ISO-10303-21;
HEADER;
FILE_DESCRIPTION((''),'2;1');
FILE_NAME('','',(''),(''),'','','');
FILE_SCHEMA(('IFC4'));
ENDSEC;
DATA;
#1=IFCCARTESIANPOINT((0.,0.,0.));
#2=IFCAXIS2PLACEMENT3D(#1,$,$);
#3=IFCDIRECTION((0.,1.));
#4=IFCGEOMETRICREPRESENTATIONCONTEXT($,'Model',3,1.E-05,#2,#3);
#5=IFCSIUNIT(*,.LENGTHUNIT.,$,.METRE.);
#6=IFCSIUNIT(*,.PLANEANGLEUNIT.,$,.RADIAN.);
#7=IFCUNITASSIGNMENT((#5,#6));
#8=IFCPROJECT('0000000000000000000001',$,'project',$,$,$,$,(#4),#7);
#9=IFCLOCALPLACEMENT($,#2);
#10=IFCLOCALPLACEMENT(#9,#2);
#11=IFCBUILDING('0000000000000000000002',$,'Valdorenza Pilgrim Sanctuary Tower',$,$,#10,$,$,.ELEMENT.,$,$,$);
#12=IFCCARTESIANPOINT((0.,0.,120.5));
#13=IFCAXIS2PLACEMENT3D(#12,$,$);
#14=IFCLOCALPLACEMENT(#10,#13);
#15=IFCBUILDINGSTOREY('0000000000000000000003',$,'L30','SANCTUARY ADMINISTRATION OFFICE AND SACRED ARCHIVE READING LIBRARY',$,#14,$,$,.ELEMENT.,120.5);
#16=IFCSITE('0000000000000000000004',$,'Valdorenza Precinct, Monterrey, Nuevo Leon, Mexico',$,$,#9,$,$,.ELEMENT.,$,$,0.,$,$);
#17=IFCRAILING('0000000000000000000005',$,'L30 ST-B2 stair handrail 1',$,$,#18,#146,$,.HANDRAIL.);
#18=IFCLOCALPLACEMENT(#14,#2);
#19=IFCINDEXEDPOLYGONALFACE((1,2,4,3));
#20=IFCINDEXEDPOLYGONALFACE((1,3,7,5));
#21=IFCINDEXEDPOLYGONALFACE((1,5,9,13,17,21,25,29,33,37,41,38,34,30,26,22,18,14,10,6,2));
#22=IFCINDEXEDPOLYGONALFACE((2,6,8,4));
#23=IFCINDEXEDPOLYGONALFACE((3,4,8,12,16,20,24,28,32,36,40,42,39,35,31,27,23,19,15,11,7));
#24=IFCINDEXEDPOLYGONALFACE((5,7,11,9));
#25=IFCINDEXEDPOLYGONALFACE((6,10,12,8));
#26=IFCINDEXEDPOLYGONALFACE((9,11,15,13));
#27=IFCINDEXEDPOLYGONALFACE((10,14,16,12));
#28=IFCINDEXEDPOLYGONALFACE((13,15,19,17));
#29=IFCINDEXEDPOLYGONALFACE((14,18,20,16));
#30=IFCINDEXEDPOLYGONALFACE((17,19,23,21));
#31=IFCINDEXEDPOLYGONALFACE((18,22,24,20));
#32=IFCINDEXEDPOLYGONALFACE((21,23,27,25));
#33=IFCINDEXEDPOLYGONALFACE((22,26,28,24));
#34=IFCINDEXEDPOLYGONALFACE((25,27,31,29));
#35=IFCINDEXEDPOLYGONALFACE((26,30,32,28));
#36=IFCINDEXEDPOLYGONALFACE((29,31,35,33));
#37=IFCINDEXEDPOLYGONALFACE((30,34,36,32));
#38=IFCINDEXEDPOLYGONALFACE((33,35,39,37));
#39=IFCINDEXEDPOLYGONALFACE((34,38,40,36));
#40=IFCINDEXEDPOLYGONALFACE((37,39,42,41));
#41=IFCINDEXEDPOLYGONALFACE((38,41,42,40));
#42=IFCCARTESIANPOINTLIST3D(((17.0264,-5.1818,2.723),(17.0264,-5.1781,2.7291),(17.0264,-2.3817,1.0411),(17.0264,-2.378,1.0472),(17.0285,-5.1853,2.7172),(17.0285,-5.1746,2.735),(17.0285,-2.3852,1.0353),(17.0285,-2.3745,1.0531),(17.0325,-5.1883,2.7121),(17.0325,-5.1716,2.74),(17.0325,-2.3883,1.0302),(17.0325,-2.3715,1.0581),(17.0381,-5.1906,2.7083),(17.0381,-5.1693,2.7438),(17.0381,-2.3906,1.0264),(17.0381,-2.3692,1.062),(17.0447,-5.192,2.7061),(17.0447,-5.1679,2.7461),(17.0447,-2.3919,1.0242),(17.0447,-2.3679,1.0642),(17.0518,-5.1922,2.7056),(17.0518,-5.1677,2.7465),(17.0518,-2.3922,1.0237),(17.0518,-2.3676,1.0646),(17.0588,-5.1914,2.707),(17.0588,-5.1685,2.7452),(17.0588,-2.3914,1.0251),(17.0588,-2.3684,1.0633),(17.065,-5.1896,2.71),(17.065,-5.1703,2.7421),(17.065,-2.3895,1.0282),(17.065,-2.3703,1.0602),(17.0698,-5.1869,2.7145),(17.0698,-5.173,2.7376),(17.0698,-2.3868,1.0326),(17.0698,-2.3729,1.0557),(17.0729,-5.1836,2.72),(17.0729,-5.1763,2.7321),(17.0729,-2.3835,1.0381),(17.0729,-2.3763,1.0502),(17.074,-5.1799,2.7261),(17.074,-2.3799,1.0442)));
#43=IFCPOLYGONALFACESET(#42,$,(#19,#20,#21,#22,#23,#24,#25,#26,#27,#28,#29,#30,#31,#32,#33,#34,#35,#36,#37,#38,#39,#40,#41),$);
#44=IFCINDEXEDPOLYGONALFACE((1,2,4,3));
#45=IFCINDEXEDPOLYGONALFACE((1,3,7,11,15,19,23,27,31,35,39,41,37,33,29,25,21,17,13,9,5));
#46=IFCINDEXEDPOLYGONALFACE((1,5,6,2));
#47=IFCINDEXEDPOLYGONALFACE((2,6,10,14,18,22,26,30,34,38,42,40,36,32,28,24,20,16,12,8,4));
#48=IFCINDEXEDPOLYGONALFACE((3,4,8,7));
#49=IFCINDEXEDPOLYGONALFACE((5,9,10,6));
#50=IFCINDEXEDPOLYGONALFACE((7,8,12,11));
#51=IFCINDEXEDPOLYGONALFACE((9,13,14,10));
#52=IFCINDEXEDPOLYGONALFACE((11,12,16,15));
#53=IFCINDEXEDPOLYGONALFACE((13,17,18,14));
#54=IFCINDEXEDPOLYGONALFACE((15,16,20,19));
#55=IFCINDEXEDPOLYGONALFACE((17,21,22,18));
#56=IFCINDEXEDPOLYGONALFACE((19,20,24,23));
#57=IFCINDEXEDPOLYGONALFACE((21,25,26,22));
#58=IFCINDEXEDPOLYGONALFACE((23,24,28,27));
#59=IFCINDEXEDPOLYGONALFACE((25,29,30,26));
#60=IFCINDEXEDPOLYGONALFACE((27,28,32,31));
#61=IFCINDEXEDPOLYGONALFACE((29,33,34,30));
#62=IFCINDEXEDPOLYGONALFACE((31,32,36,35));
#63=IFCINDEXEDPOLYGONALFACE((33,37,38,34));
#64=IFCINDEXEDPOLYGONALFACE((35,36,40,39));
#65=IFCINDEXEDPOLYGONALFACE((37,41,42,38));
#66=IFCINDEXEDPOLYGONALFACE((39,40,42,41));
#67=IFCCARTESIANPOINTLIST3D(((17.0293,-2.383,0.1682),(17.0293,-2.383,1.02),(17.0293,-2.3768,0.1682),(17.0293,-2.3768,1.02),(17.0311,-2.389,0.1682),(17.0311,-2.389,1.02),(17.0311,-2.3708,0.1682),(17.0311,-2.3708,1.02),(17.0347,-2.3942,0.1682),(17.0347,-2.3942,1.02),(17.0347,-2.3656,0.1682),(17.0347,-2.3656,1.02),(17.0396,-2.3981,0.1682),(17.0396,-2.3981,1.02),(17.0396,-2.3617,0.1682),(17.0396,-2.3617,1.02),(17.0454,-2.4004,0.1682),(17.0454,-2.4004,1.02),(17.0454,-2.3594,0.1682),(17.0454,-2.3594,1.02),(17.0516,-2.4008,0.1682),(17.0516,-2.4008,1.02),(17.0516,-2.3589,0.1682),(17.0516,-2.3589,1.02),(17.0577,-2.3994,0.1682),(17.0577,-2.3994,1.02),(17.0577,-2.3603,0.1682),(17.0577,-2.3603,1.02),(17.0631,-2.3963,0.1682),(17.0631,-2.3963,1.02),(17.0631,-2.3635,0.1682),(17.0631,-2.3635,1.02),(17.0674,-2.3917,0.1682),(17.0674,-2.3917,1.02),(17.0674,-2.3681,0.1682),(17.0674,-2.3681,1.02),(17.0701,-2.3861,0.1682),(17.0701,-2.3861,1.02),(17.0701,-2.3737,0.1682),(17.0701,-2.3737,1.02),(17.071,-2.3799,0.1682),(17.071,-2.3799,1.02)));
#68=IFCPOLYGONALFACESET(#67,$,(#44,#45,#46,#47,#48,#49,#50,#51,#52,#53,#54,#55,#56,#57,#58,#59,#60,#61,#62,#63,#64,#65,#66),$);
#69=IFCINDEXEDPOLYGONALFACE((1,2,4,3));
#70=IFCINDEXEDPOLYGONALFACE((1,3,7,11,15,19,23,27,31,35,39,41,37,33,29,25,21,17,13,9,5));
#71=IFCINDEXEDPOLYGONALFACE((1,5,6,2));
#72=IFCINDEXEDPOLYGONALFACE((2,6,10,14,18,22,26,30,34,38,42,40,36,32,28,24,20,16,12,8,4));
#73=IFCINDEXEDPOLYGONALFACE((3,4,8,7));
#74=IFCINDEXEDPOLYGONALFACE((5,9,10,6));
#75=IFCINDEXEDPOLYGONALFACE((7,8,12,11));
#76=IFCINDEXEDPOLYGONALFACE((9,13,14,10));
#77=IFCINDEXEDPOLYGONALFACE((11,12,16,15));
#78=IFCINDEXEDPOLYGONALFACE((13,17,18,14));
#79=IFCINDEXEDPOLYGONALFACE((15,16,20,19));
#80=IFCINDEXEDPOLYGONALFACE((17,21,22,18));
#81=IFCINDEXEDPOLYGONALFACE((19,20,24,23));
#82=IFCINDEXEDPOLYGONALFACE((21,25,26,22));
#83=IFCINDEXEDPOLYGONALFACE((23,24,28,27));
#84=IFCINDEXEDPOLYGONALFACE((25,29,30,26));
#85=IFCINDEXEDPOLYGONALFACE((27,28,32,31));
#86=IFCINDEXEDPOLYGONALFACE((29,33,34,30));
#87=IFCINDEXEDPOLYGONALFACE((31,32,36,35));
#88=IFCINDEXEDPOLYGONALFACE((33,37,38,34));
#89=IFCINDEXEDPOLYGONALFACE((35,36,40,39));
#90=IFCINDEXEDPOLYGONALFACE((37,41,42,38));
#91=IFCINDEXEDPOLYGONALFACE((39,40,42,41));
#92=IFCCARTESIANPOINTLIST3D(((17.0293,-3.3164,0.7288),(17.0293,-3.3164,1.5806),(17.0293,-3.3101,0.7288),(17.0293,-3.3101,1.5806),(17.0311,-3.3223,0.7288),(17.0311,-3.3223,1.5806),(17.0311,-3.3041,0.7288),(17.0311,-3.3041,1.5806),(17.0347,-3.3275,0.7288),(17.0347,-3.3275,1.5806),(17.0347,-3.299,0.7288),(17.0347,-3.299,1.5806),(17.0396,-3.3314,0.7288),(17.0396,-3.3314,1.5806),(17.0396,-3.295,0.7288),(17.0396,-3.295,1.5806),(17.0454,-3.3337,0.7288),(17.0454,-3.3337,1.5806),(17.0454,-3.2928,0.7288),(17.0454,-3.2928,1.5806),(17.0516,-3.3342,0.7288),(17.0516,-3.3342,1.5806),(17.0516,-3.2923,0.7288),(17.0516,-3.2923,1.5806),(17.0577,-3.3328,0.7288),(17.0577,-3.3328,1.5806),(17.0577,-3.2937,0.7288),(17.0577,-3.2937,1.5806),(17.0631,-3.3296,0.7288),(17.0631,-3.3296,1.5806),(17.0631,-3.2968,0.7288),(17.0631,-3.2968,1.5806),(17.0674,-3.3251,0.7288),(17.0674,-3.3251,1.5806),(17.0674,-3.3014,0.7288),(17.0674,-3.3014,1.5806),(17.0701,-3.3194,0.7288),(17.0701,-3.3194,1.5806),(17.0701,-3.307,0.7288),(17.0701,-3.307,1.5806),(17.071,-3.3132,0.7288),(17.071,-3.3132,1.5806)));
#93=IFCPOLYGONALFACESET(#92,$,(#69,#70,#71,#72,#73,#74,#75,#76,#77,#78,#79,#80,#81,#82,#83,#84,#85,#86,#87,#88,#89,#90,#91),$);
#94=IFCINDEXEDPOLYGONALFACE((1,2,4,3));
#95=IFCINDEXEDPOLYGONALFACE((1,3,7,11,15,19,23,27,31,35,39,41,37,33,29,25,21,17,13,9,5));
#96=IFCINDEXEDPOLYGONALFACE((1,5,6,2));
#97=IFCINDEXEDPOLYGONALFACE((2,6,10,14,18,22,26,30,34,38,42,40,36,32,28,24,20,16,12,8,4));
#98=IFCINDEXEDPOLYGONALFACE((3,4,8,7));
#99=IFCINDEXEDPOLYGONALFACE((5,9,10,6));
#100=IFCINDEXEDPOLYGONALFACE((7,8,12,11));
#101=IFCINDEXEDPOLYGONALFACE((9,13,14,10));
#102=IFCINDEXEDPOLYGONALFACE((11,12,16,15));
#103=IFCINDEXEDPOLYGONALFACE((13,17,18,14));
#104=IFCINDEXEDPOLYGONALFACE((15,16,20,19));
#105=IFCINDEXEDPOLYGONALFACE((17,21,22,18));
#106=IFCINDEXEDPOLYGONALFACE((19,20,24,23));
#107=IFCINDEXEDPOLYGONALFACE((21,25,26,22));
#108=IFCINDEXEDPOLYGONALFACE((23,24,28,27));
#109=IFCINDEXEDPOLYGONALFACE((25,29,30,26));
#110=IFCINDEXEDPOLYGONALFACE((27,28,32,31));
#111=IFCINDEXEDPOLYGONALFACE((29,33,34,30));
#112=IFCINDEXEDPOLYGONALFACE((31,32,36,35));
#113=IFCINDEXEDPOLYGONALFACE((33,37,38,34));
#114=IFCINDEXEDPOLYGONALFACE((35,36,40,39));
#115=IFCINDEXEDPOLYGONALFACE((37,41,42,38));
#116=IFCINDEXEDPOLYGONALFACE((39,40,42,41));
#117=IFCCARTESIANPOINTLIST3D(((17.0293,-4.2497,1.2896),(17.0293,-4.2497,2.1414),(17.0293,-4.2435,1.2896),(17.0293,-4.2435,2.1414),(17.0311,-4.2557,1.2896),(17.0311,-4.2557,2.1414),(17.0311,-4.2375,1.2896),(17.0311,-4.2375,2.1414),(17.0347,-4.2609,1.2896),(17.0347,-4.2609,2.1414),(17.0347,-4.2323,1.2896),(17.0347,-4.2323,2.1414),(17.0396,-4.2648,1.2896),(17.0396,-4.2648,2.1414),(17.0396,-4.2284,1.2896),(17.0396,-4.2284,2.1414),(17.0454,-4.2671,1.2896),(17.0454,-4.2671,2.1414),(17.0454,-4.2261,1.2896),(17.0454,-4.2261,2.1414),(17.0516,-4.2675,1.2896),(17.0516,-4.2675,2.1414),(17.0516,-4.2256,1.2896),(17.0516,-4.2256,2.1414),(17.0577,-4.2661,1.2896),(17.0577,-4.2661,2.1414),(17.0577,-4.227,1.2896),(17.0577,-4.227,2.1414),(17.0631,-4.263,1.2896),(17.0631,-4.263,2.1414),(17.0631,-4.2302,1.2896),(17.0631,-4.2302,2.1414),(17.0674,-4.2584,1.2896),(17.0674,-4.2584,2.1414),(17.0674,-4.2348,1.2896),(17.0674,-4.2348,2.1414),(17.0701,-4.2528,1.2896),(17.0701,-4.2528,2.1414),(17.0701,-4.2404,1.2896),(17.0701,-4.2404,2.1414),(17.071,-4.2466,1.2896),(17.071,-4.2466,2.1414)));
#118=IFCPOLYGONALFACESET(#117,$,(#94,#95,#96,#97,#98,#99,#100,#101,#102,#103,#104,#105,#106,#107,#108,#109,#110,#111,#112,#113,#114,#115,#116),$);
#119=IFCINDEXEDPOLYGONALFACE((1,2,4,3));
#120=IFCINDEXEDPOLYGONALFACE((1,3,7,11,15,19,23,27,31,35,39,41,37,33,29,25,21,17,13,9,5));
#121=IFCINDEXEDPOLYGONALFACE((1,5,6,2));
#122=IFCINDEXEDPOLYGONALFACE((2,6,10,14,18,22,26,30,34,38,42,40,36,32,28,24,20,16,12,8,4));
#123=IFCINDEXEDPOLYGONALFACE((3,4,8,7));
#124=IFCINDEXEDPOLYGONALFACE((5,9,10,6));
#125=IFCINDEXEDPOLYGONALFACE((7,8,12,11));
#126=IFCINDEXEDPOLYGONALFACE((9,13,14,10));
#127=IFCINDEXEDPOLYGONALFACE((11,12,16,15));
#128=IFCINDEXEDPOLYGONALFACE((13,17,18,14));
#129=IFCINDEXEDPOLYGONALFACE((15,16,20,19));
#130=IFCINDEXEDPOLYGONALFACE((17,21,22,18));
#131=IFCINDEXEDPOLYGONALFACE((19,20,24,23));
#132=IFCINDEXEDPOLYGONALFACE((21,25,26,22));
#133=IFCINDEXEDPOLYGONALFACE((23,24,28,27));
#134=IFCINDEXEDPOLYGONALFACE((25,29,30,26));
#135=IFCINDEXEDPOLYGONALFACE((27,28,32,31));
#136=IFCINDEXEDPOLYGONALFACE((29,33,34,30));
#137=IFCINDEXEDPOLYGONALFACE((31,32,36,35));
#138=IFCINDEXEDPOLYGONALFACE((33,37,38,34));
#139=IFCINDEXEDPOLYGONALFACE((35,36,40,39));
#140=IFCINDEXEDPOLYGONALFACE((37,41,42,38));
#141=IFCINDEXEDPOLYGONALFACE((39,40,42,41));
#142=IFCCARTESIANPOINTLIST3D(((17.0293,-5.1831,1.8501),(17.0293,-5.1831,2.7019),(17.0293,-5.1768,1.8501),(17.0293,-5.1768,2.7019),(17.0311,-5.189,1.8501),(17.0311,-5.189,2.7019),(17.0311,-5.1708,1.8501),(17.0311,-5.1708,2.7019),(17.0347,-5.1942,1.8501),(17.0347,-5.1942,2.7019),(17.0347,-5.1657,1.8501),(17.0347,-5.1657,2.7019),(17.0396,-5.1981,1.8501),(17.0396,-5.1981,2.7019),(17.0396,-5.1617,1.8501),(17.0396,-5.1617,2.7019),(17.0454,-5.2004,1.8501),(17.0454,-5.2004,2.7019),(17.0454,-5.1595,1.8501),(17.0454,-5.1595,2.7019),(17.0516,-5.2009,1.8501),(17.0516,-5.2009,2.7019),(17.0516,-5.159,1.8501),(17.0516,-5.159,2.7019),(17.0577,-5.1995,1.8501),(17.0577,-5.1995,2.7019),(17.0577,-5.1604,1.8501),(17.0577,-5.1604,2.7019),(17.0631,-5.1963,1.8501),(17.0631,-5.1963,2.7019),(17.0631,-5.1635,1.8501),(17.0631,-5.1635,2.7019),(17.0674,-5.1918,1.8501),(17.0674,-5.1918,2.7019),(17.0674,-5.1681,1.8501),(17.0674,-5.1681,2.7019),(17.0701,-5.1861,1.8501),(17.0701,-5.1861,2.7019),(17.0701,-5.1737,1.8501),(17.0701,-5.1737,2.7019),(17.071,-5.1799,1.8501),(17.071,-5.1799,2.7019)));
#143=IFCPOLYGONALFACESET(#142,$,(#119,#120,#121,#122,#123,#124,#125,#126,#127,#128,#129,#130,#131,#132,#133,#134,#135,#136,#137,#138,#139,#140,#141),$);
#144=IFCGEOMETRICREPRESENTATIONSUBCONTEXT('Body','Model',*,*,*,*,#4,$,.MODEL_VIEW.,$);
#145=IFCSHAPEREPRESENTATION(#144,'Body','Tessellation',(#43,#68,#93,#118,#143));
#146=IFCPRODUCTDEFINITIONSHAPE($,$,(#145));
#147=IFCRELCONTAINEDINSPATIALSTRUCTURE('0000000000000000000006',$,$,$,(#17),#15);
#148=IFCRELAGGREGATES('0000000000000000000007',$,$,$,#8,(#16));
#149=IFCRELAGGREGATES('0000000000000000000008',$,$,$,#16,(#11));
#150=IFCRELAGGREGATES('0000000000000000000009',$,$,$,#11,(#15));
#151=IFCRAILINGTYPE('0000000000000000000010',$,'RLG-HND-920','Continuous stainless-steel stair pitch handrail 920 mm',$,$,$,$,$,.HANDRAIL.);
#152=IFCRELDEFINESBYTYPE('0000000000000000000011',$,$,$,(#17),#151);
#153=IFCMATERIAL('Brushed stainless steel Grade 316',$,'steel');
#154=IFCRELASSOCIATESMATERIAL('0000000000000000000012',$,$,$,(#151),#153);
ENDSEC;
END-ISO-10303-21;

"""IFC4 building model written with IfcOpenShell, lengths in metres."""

from ifc_helpers import new_model, si_unit, direction, frame, origin, origin_2d, place, context, subcontext, project, spatial, circle, extrude, material, type_object, element, save


model = new_model("IFC4")

# Units and contexts
model_context = context("Model", 3, precision=1e-05, world=origin(), true_north=direction((0.0, 1.0)))
body_context = subcontext(model_context, "Body", "Model", "MODEL_VIEW")
ifc_project = project(units=[si_unit("LENGTHUNIT", "METRE"), si_unit("PLANEANGLEUNIT", "RADIAN")], contexts=[model_context])

# Site, building, storey
site_placement = place(None, origin())
site = spatial("IfcSite", under=ifc_project, at=site_placement, Name="Valdorenza Precinct, Monterrey, Nuevo Leon, Mexico", CompositionType="ELEMENT", RefElevation=0.0)
building_placement = place(site_placement, origin())
building = spatial("IfcBuilding", under=site, at=building_placement, Name="Valdorenza Pilgrim Sanctuary Tower", CompositionType="ELEMENT")
storey_placement = place(building_placement, frame((0.0, 0.0, 120.5)))
storey = spatial("IfcBuildingStorey", under=building, at=storey_placement, Name="L30", Description="SANCTUARY ADMINISTRATION OFFICE AND SACRED ARCHIVE READING LIBRARY", CompositionType="ELEMENT", Elevation=120.5)

# Railing
ifc_material_1 = material(Name="Brushed stainless steel Grade 316", Category="steel")
railing_type_1 = type_object("IfcRailingType", Name="RLG-HND-920", Description="Continuous stainless-steel stair pitch handrail 920 mm", PredefinedType="HANDRAIL", material=ifc_material_1)
railing_1_placement = place(storey_placement, frame((17.05, -2.3799, 0.1682)))
element("IfcRailing", 1, at=railing_1_placement, inside=storey, type_object=railing_type_1, Name="L30 ST-B2 stair handrail 1", PredefinedType="HANDRAIL", context=body_context, shape_type="SweptSolid", body=[
    extrude(circle(Radius=0.0239, at=origin_2d()), frame((0.0, 0.0, 0.876), z_axis=(0.0, -0.857242, 0.514913), x_axis=(1.0, 0.0, 0.0)), (0.0, 0.0, 1.0), 3.2664),
    extrude(circle(Radius=0.021, at=origin_2d()), origin(), (0.0, 0.0, 1.0), 0.8518),
    extrude(circle(Radius=0.021, at=origin_2d()), frame((0.0, -0.9333, 0.5605)), (0.0, 0.0, 1.0), 0.8518),
    extrude(circle(Radius=0.021, at=origin_2d()), frame((0.0, -1.8667, 1.1213)), (0.0, 0.0, 1.0), 0.8518),
    extrude(circle(Radius=0.021, at=origin_2d()), frame((0.0, -2.8, 1.6819)), (0.0, 0.0, 1.0), 0.8518),
])

save(model, "model.ifc")
